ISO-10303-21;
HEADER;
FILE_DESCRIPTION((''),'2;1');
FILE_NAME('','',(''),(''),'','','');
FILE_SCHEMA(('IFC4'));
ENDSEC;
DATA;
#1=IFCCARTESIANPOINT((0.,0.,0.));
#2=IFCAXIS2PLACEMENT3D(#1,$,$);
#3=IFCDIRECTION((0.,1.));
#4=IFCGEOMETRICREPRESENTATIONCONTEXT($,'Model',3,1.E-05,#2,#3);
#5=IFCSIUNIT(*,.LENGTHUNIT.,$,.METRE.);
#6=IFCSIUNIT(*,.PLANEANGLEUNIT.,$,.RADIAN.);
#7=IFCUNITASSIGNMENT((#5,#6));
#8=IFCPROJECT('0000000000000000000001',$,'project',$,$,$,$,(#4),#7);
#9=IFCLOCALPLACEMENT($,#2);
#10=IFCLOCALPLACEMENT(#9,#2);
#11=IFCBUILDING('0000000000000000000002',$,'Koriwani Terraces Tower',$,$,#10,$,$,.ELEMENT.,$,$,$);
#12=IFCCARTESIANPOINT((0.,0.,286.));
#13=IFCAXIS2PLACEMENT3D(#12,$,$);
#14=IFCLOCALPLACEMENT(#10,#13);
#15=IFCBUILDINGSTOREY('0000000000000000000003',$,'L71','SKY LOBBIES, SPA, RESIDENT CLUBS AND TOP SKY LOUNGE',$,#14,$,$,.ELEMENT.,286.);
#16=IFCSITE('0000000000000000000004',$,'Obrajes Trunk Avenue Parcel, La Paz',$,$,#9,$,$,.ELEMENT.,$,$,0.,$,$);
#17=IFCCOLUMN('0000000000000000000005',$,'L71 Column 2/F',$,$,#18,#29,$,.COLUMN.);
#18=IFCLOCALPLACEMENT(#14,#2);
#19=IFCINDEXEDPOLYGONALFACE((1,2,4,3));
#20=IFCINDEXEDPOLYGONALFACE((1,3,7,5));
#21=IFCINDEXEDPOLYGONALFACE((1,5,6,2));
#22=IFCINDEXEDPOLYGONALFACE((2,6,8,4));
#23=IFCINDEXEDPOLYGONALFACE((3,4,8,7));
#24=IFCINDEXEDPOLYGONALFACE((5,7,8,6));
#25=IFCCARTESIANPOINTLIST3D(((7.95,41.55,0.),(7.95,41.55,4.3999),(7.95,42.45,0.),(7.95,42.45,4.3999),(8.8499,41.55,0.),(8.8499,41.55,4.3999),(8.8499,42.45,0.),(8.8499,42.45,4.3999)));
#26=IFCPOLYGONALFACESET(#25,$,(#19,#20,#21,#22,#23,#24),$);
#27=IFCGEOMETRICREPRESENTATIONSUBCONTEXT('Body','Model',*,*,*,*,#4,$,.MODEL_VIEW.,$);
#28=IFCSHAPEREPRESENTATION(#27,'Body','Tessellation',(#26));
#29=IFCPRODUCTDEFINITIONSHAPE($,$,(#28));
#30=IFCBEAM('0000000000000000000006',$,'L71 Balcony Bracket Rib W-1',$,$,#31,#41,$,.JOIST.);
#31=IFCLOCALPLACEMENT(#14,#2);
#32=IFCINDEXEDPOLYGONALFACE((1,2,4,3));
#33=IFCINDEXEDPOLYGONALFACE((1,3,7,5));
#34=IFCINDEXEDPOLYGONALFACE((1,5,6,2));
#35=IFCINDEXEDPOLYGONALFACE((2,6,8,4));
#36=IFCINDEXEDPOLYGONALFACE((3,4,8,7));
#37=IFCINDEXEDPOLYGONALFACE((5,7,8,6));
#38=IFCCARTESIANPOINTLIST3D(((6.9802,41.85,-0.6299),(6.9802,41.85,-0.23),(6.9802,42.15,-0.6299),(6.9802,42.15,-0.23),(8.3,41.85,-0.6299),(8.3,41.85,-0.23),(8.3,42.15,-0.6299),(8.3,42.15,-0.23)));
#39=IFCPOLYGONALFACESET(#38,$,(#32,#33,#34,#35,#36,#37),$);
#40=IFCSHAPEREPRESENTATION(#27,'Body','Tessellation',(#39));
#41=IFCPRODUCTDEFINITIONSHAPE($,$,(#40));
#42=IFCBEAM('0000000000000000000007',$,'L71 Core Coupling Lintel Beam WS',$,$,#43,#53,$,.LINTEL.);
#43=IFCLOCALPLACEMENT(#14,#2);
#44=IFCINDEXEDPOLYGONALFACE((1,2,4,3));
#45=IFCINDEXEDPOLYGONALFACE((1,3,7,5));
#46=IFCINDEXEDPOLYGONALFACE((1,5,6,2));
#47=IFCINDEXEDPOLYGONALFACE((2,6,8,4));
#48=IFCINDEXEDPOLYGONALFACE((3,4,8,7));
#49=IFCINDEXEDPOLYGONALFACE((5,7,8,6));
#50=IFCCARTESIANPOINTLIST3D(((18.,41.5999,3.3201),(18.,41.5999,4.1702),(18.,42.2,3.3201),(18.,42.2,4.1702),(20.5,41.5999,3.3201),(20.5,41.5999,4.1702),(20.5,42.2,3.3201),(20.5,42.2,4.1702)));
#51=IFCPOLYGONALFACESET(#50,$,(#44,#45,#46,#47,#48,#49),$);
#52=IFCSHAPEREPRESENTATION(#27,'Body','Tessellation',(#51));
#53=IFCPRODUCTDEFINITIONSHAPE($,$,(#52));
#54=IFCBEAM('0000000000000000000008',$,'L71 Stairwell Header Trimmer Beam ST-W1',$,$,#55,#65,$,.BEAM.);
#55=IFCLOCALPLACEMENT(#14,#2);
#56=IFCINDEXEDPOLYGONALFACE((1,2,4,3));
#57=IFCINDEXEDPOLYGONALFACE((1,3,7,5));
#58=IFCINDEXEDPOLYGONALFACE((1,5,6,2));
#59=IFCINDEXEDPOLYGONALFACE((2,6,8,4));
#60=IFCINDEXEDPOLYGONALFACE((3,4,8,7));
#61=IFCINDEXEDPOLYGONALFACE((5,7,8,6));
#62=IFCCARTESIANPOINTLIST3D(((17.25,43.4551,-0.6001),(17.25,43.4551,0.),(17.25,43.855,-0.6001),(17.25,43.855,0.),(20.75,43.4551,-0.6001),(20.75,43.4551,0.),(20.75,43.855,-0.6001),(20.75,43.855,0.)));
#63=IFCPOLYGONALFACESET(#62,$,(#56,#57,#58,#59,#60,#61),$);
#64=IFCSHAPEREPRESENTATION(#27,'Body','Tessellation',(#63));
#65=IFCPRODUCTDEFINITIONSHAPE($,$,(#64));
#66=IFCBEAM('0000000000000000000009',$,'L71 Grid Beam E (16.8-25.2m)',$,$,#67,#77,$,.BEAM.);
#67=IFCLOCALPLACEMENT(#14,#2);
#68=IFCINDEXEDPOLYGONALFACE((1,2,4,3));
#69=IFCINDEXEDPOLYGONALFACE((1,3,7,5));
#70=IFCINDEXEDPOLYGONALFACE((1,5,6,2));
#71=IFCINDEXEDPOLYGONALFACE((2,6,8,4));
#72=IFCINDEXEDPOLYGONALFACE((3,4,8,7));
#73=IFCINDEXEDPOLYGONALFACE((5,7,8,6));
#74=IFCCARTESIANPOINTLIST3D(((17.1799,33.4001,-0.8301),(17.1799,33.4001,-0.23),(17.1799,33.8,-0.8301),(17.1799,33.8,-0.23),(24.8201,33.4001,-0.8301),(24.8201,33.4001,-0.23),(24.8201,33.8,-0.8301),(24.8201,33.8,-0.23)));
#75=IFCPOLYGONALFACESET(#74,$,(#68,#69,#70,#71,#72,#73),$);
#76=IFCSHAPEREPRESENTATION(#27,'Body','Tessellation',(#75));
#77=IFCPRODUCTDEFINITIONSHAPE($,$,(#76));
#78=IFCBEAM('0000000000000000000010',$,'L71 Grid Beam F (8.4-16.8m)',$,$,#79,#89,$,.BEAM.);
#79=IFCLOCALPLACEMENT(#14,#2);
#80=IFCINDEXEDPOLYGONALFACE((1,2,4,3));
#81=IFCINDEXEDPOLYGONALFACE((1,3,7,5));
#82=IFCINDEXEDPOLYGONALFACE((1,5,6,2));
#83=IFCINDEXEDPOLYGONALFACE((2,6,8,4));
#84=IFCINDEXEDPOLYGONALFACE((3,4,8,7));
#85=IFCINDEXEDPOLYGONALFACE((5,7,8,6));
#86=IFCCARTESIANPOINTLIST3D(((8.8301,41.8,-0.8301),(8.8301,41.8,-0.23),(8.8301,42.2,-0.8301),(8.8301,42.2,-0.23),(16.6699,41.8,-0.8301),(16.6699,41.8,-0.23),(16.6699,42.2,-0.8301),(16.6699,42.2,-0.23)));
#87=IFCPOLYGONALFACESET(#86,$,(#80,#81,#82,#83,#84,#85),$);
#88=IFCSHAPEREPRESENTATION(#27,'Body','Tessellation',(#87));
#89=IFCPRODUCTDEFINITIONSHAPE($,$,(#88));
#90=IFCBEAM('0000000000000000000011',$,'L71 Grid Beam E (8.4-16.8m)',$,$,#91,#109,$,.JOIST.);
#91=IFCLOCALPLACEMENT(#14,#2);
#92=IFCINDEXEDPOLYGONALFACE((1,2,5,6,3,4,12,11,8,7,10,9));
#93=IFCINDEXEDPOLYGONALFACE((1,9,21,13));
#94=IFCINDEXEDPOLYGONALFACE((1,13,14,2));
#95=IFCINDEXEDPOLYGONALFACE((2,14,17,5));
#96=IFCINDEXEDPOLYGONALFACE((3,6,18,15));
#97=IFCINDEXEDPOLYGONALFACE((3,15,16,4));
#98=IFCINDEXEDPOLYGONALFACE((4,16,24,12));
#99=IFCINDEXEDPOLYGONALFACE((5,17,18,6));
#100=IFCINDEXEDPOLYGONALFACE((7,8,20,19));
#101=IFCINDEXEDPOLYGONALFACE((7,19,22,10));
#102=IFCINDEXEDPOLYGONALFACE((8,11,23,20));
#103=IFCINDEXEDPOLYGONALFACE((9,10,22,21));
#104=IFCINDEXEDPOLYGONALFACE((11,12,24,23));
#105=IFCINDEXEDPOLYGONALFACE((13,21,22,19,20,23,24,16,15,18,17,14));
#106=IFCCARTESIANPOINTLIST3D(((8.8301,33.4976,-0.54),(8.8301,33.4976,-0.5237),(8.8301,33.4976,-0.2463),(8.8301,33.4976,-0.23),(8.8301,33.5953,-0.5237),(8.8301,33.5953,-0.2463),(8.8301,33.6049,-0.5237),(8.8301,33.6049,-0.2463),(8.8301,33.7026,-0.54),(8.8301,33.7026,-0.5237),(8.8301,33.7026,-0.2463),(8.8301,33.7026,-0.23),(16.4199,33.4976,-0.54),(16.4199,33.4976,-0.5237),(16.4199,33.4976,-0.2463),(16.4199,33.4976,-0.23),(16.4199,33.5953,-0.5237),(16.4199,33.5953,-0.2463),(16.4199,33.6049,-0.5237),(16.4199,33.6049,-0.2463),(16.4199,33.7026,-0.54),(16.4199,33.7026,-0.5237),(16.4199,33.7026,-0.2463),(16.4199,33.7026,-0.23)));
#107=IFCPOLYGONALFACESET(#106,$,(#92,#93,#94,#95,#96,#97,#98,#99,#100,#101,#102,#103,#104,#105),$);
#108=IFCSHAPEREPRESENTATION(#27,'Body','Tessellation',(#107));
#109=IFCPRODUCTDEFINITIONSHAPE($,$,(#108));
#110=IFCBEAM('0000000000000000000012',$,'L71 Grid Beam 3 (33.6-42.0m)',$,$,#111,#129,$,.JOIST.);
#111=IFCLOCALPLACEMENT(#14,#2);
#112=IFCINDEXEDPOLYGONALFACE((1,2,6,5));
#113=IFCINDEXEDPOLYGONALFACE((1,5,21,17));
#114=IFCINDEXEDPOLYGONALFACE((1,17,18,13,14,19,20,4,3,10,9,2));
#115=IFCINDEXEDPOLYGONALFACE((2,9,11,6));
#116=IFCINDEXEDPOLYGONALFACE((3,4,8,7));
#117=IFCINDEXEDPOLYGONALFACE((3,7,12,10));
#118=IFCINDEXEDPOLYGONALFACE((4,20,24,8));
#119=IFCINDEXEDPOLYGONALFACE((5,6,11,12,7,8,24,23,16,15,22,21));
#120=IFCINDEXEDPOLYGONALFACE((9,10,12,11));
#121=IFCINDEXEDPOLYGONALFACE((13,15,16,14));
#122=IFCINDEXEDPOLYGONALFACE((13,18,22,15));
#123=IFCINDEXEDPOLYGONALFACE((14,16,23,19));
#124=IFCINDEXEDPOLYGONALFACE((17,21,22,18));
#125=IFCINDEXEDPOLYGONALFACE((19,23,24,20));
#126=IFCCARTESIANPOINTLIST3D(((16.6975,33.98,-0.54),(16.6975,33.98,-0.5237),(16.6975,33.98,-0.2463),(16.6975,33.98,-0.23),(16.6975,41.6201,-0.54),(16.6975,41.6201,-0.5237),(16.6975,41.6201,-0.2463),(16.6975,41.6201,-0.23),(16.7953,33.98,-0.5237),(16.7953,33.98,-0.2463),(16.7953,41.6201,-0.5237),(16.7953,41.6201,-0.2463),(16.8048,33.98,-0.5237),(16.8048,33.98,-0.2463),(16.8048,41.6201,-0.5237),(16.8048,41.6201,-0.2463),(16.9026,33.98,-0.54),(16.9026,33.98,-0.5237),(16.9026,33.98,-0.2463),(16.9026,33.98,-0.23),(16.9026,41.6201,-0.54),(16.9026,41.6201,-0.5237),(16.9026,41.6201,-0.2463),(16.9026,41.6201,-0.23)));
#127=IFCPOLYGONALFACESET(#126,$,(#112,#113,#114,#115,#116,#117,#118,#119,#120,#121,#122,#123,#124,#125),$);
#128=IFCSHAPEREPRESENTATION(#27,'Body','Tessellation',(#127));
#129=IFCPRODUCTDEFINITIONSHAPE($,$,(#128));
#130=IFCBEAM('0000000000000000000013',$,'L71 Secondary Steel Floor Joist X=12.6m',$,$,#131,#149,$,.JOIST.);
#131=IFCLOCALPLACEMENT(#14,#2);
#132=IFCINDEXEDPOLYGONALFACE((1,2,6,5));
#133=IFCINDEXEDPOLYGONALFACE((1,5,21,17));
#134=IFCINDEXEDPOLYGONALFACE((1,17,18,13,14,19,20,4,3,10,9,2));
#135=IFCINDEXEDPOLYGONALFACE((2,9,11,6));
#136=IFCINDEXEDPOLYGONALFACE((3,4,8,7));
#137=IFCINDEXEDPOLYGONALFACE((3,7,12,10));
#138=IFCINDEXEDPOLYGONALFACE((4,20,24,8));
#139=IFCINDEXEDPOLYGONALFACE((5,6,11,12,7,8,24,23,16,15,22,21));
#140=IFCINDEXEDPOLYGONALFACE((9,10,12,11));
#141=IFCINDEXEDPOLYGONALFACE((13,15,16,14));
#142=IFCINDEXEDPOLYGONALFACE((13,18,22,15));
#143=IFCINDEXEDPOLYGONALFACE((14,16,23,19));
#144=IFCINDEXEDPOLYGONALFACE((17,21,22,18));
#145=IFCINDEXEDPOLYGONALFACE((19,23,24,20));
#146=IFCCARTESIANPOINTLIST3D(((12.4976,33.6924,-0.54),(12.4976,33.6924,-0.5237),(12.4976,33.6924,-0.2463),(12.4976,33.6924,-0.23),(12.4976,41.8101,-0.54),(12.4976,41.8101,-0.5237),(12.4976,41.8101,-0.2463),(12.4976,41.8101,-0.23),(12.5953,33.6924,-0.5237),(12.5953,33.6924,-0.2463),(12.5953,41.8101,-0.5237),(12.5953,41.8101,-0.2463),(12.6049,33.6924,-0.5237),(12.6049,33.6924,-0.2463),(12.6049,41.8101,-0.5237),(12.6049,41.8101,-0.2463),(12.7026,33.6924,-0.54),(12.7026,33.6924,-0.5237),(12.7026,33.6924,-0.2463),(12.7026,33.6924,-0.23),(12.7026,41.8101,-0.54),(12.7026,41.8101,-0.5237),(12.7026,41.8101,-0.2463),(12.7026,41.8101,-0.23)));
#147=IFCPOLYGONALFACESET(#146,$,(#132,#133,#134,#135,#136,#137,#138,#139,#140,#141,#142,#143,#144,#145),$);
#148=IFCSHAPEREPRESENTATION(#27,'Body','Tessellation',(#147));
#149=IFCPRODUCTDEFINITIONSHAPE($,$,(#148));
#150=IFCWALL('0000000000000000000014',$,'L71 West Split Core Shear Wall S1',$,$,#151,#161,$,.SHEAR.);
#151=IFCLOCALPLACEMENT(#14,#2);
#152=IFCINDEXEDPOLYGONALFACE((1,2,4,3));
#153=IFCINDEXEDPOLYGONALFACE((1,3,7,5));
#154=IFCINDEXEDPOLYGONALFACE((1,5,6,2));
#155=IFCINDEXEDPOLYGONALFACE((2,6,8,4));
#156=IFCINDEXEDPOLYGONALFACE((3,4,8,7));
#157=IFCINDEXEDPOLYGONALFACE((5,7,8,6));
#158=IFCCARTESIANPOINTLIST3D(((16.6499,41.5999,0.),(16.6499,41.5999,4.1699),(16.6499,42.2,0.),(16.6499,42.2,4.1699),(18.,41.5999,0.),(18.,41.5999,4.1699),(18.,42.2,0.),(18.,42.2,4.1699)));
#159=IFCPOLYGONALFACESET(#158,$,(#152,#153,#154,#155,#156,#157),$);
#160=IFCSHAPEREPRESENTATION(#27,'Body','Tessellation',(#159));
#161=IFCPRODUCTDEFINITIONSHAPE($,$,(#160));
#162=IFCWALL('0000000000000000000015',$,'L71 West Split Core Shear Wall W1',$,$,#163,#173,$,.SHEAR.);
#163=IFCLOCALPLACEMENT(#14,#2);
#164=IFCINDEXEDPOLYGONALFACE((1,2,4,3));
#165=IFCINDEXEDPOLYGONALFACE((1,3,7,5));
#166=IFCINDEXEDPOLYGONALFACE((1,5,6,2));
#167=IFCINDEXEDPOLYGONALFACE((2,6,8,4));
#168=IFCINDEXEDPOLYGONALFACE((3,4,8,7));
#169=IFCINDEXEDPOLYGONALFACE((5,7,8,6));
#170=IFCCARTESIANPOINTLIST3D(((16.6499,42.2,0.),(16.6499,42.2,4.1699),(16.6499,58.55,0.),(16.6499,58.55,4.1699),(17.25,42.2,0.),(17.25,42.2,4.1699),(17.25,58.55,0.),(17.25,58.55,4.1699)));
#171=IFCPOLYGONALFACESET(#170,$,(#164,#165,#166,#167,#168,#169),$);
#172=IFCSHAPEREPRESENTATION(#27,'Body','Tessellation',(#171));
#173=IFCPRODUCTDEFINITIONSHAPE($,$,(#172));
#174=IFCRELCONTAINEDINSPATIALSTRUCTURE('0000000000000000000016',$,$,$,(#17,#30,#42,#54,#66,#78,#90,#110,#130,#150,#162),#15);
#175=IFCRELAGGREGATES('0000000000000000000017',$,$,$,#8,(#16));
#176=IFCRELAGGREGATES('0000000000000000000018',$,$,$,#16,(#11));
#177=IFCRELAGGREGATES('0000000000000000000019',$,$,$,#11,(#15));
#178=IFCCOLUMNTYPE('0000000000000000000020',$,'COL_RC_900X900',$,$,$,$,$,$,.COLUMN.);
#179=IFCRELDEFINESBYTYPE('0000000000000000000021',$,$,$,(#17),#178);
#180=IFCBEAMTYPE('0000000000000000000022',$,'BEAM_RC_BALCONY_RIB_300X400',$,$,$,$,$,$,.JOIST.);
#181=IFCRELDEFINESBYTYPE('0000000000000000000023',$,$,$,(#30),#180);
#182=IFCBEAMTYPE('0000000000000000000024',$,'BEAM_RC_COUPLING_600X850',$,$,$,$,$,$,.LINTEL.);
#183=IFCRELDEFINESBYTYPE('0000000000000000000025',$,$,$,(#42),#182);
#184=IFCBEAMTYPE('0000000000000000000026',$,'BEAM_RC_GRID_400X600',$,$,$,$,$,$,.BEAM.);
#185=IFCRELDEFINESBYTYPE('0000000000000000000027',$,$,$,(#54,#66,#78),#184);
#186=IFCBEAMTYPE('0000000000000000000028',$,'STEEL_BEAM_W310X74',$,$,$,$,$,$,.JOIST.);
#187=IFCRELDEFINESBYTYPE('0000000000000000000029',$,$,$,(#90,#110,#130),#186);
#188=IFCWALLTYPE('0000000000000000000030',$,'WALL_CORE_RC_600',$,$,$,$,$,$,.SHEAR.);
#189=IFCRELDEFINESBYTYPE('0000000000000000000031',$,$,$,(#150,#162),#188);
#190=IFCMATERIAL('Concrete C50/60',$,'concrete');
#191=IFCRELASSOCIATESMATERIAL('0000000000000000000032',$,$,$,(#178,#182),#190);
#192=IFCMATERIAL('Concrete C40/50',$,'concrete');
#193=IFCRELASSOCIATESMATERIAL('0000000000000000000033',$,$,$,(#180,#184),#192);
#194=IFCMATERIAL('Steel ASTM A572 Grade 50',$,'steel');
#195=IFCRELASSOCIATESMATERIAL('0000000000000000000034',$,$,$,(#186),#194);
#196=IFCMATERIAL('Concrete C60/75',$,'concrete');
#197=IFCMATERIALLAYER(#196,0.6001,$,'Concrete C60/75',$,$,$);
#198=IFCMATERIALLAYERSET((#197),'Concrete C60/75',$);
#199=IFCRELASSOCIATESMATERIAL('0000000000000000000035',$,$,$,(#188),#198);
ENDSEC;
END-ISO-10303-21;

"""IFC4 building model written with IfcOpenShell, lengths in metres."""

from ifc_helpers import new_model, si_unit, direction, frame, frame_2d, origin, origin_2d, place, context, subcontext, project, spatial, rectangle, i_section, extrude, material, layer, layer_set, material_profile, profile_set, type_object, element, save


model = new_model("IFC4")

# Units and contexts
model_context = context("Model", 3, precision=1e-05, world=origin(), true_north=direction((0.0, 1.0)))
body_context = subcontext(model_context, "Body", "Model", "MODEL_VIEW")
ifc_project = project(units=[si_unit("LENGTHUNIT", "METRE"), si_unit("PLANEANGLEUNIT", "RADIAN")], contexts=[model_context])

# Site, building, storey
site_placement = place(None, origin())
site = spatial("IfcSite", under=ifc_project, at=site_placement, Name="Obrajes Trunk Avenue Parcel, La Paz", CompositionType="ELEMENT", RefElevation=0.0)
building_placement = place(site_placement, origin())
building = spatial("IfcBuilding", under=site, at=building_placement, Name="Koriwani Terraces Tower", CompositionType="ELEMENT")
storey_placement = place(building_placement, frame((0.0, 0.0, 286.0)))
storey = spatial("IfcBuildingStorey", under=building, at=storey_placement, Name="L71", Description="SKY LOBBIES, SPA, RESIDENT CLUBS AND TOP SKY LOUNGE", CompositionType="ELEMENT", Elevation=286.0)

# Column
ifc_material_1 = material(Name="Concrete C50/60", Category="concrete")
ifc_material_profile_1 = material_profile(ifc_material_1, rectangle(XDim=0.8999, YDim=0.8999, at=origin_2d()), Name="Concrete C50/60", Category="LoadBearing")
ifc_profile_set_1 = profile_set([ifc_material_profile_1], Name="Concrete C50/60")
column_type = type_object("IfcColumnType", Name="COL_RC_900X900", PredefinedType="COLUMN", material=ifc_profile_set_1)
column_placement = place(storey_placement, frame((8.3999, 42.0, 0.0), z_axis=(0.0, 0.0, 1.0), x_axis=(1.0, 0.0, 0.0)))
element("IfcColumn", 1, at=column_placement, inside=storey, type_object=column_type, Name="L71 Column 2/F", PredefinedType="COLUMN", context=body_context, shape_type="SweptSolid", body=[
    extrude(rectangle(XDim=0.8999, YDim=0.8999, at=origin_2d()), origin(), (0.0, 0.0, 1.0), 4.3999),
])

# Beams
ifc_material_2 = material(Name="Concrete C40/50", Category="concrete")
ifc_material_profile_2 = material_profile(ifc_material_2, rectangle(XDim=0.3, YDim=0.3999, at=origin_2d()), Name="Concrete C40/50", Category="LoadBearing")
ifc_profile_set_2 = profile_set([ifc_material_profile_2], Name="Concrete C40/50")
beam_type_1 = type_object("IfcBeamType", Name="BEAM_RC_BALCONY_RIB_300X400", PredefinedType="JOIST", material=ifc_profile_set_2)
beam_1_placement = place(storey_placement, frame((6.9802, 42.0, -0.4299), z_axis=(1.0, 0.0, 0.0), x_axis=(0.0, 1.0, 0.0)))
element("IfcBeam", 2, at=beam_1_placement, inside=storey, type_object=beam_type_1, Name="L71 Balcony Bracket Rib W-1", PredefinedType="JOIST", context=body_context, shape_type="SweptSolid", body=[
    extrude(rectangle(XDim=0.3, YDim=0.3999, at=origin_2d()), origin(), (0.0, 0.0, 1.0), 1.3198),
])
ifc_material_profile_3 = material_profile(ifc_material_1, rectangle(XDim=0.6001, YDim=0.8501, at=origin_2d()), Name="Concrete C50/60", Category="LoadBearing")
ifc_profile_set_3 = profile_set([ifc_material_profile_3], Name="Concrete C50/60")
beam_type_2 = type_object("IfcBeamType", Name="BEAM_RC_COUPLING_600X850", PredefinedType="LINTEL", material=ifc_profile_set_3)
beam_2_placement = place(storey_placement, frame((18.0, 41.8999, 3.7451), z_axis=(1.0, 0.0, 0.0), x_axis=(0.0, 1.0, 0.0)))
element("IfcBeam", 3, at=beam_2_placement, inside=storey, type_object=beam_type_2, Name="L71 Core Coupling Lintel Beam WS", PredefinedType="LINTEL", context=body_context, shape_type="SweptSolid", body=[
    extrude(rectangle(XDim=0.6001, YDim=0.8501, at=origin_2d()), origin(), (0.0, 0.0, 1.0), 2.5),
])
ifc_material_profile_4 = material_profile(ifc_material_2, rectangle(XDim=0.3999, YDim=0.6001, at=origin_2d()), Name="Concrete C40/50", Category="LoadBearing")
ifc_profile_set_4 = profile_set([ifc_material_profile_4], Name="Concrete C40/50")
beam_type_3 = type_object("IfcBeamType", Name="BEAM_RC_GRID_400X600", PredefinedType="BEAM", material=ifc_profile_set_4)
beam_3_placement = place(storey_placement, frame((17.25, 43.655, -0.3), z_axis=(1.0, 0.0, 0.0), x_axis=(0.0, 1.0, 0.0)))
element("IfcBeam", 4, at=beam_3_placement, inside=storey, type_object=beam_type_3, Name="L71 Stairwell Header Trimmer Beam ST-W1", PredefinedType="BEAM", context=body_context, shape_type="SweptSolid", body=[
    extrude(rectangle(XDim=0.3999, YDim=0.6001, at=origin_2d()), origin(), (0.0, 0.0, 1.0), 3.5),
])
beam_4_placement = place(storey_placement, frame((17.1799, 33.6001, -0.53), z_axis=(1.0, 0.0, 0.0), x_axis=(0.0, 1.0, 0.0)))
element("IfcBeam", 5, at=beam_4_placement, inside=storey, type_object=beam_type_3, Name="L71 Grid Beam E (16.8-25.2m)", PredefinedType="BEAM", context=body_context, shape_type="SweptSolid", body=[
    extrude(rectangle(XDim=0.3999, YDim=0.6001, at=origin_2d()), origin(), (0.0, 0.0, 1.0), 7.6401),
])
beam_5_placement = place(storey_placement, frame((8.8301, 42.0, -0.53), z_axis=(1.0, 0.0, 0.0), x_axis=(0.0, 1.0, 0.0)))
element("IfcBeam", 6, at=beam_5_placement, inside=storey, type_object=beam_type_3, Name="L71 Grid Beam F (8.4-16.8m)", PredefinedType="BEAM", context=body_context, shape_type="SweptSolid", body=[
    extrude(rectangle(XDim=0.3999, YDim=0.6001, at=origin_2d()), origin(), (0.0, 0.0, 1.0), 7.8398),
])
ifc_material_3 = material(Name="Steel ASTM A572 Grade 50", Category="steel")
ifc_material_profile_5 = material_profile(ifc_material_3, i_section(OverallWidth=0.2051, OverallDepth=0.3101, WebThickness=0.0095, FlangeThickness=0.0164, at=origin_2d()), Name="Steel ASTM A572 Grade 50", Category="LoadBearing")
ifc_profile_set_5 = profile_set([ifc_material_profile_5], Name="Steel ASTM A572 Grade 50")
beam_type_4 = type_object("IfcBeamType", Name="STEEL_BEAM_W310X74", PredefinedType="JOIST", material=ifc_profile_set_5)
beam_6_placement = place(storey_placement, frame((8.8301, 33.6001, -0.385), z_axis=(1.0, 0.0, 0.0), x_axis=(0.0, 1.0, 0.0)))
element("IfcBeam", 7, at=beam_6_placement, inside=storey, type_object=beam_type_4, Name="L71 Grid Beam E (8.4-16.8m)", PredefinedType="JOIST", context=body_context, shape_type="SweptSolid", body=[
    extrude(i_section(OverallWidth=0.2051, OverallDepth=0.3101, WebThickness=0.0095, FlangeThickness=0.0164, at=origin_2d()), origin(), (0.0, 0.0, 1.0), 7.5898),
])
beam_7_placement = place(storey_placement, frame((16.8, 33.98, -0.385), z_axis=(0.0, 1.0, 0.0), x_axis=(-1.0, 0.0, 0.0)))
element("IfcBeam", 8, at=beam_7_placement, inside=storey, type_object=beam_type_4, Name="L71 Grid Beam 3 (33.6-42.0m)", PredefinedType="JOIST", context=body_context, shape_type="SweptSolid", body=[
    extrude(i_section(OverallWidth=0.2051, OverallDepth=0.3101, WebThickness=0.0095, FlangeThickness=0.0164, at=origin_2d()), origin(), (0.0, 0.0, 1.0), 7.6401),
])
beam_8_placement = place(storey_placement, frame((12.6001, 33.6924, -0.385), z_axis=(0.0, 1.0, 0.0), x_axis=(-1.0, 0.0, 0.0)))
element("IfcBeam", 9, at=beam_8_placement, inside=storey, type_object=beam_type_4, Name="L71 Secondary Steel Floor Joist X=12.6m", PredefinedType="JOIST", context=body_context, shape_type="SweptSolid", body=[
    extrude(i_section(OverallWidth=0.2051, OverallDepth=0.3101, WebThickness=0.0095, FlangeThickness=0.0164, at=origin_2d()), origin(), (0.0, 0.0, 1.0), 8.1177),
])

# Walls
ifc_material_4 = material(Name="Concrete C60/75", Category="concrete")
ifc_layer_1 = layer(ifc_material_4, 0.6001, Name="Concrete C60/75")
ifc_layer_set_1 = layer_set([ifc_layer_1], Name="Concrete C60/75")
wall_type_1 = type_object("IfcWallType", Name="WALL_CORE_RC_600", PredefinedType="SHEAR", material=ifc_layer_set_1)
wall_1_placement = place(storey_placement, frame((16.6499, 41.8999, 0.0), z_axis=(0.0, 0.0, 1.0), x_axis=(1.0, 0.0, 0.0)))
element("IfcWall", 10, at=wall_1_placement, inside=storey, type_object=wall_type_1, Name="L71 West Split Core Shear Wall S1", PredefinedType="SHEAR", context=body_context, shape_type="SweptSolid", body=[
    extrude(rectangle(XDim=1.3501, YDim=0.6001, at=frame_2d((0.675, 0.0))), origin(), (0.0, 0.0, 1.0), 4.1699),
])
wall_2_placement = place(storey_placement, frame((16.95, 42.2, 0.0), z_axis=(0.0, 0.0, 1.0), x_axis=(0.0, 1.0, 0.0)))
element("IfcWall", 11, at=wall_2_placement, inside=storey, type_object=wall_type_1, Name="L71 West Split Core Shear Wall W1", PredefinedType="SHEAR", context=body_context, shape_type="SweptSolid", body=[
    extrude(rectangle(XDim=16.3501, YDim=0.6001, at=frame_2d((8.175, 0.0))), origin(), (0.0, 0.0, 1.0), 4.1699),
])

save(model, "model.ifc")
